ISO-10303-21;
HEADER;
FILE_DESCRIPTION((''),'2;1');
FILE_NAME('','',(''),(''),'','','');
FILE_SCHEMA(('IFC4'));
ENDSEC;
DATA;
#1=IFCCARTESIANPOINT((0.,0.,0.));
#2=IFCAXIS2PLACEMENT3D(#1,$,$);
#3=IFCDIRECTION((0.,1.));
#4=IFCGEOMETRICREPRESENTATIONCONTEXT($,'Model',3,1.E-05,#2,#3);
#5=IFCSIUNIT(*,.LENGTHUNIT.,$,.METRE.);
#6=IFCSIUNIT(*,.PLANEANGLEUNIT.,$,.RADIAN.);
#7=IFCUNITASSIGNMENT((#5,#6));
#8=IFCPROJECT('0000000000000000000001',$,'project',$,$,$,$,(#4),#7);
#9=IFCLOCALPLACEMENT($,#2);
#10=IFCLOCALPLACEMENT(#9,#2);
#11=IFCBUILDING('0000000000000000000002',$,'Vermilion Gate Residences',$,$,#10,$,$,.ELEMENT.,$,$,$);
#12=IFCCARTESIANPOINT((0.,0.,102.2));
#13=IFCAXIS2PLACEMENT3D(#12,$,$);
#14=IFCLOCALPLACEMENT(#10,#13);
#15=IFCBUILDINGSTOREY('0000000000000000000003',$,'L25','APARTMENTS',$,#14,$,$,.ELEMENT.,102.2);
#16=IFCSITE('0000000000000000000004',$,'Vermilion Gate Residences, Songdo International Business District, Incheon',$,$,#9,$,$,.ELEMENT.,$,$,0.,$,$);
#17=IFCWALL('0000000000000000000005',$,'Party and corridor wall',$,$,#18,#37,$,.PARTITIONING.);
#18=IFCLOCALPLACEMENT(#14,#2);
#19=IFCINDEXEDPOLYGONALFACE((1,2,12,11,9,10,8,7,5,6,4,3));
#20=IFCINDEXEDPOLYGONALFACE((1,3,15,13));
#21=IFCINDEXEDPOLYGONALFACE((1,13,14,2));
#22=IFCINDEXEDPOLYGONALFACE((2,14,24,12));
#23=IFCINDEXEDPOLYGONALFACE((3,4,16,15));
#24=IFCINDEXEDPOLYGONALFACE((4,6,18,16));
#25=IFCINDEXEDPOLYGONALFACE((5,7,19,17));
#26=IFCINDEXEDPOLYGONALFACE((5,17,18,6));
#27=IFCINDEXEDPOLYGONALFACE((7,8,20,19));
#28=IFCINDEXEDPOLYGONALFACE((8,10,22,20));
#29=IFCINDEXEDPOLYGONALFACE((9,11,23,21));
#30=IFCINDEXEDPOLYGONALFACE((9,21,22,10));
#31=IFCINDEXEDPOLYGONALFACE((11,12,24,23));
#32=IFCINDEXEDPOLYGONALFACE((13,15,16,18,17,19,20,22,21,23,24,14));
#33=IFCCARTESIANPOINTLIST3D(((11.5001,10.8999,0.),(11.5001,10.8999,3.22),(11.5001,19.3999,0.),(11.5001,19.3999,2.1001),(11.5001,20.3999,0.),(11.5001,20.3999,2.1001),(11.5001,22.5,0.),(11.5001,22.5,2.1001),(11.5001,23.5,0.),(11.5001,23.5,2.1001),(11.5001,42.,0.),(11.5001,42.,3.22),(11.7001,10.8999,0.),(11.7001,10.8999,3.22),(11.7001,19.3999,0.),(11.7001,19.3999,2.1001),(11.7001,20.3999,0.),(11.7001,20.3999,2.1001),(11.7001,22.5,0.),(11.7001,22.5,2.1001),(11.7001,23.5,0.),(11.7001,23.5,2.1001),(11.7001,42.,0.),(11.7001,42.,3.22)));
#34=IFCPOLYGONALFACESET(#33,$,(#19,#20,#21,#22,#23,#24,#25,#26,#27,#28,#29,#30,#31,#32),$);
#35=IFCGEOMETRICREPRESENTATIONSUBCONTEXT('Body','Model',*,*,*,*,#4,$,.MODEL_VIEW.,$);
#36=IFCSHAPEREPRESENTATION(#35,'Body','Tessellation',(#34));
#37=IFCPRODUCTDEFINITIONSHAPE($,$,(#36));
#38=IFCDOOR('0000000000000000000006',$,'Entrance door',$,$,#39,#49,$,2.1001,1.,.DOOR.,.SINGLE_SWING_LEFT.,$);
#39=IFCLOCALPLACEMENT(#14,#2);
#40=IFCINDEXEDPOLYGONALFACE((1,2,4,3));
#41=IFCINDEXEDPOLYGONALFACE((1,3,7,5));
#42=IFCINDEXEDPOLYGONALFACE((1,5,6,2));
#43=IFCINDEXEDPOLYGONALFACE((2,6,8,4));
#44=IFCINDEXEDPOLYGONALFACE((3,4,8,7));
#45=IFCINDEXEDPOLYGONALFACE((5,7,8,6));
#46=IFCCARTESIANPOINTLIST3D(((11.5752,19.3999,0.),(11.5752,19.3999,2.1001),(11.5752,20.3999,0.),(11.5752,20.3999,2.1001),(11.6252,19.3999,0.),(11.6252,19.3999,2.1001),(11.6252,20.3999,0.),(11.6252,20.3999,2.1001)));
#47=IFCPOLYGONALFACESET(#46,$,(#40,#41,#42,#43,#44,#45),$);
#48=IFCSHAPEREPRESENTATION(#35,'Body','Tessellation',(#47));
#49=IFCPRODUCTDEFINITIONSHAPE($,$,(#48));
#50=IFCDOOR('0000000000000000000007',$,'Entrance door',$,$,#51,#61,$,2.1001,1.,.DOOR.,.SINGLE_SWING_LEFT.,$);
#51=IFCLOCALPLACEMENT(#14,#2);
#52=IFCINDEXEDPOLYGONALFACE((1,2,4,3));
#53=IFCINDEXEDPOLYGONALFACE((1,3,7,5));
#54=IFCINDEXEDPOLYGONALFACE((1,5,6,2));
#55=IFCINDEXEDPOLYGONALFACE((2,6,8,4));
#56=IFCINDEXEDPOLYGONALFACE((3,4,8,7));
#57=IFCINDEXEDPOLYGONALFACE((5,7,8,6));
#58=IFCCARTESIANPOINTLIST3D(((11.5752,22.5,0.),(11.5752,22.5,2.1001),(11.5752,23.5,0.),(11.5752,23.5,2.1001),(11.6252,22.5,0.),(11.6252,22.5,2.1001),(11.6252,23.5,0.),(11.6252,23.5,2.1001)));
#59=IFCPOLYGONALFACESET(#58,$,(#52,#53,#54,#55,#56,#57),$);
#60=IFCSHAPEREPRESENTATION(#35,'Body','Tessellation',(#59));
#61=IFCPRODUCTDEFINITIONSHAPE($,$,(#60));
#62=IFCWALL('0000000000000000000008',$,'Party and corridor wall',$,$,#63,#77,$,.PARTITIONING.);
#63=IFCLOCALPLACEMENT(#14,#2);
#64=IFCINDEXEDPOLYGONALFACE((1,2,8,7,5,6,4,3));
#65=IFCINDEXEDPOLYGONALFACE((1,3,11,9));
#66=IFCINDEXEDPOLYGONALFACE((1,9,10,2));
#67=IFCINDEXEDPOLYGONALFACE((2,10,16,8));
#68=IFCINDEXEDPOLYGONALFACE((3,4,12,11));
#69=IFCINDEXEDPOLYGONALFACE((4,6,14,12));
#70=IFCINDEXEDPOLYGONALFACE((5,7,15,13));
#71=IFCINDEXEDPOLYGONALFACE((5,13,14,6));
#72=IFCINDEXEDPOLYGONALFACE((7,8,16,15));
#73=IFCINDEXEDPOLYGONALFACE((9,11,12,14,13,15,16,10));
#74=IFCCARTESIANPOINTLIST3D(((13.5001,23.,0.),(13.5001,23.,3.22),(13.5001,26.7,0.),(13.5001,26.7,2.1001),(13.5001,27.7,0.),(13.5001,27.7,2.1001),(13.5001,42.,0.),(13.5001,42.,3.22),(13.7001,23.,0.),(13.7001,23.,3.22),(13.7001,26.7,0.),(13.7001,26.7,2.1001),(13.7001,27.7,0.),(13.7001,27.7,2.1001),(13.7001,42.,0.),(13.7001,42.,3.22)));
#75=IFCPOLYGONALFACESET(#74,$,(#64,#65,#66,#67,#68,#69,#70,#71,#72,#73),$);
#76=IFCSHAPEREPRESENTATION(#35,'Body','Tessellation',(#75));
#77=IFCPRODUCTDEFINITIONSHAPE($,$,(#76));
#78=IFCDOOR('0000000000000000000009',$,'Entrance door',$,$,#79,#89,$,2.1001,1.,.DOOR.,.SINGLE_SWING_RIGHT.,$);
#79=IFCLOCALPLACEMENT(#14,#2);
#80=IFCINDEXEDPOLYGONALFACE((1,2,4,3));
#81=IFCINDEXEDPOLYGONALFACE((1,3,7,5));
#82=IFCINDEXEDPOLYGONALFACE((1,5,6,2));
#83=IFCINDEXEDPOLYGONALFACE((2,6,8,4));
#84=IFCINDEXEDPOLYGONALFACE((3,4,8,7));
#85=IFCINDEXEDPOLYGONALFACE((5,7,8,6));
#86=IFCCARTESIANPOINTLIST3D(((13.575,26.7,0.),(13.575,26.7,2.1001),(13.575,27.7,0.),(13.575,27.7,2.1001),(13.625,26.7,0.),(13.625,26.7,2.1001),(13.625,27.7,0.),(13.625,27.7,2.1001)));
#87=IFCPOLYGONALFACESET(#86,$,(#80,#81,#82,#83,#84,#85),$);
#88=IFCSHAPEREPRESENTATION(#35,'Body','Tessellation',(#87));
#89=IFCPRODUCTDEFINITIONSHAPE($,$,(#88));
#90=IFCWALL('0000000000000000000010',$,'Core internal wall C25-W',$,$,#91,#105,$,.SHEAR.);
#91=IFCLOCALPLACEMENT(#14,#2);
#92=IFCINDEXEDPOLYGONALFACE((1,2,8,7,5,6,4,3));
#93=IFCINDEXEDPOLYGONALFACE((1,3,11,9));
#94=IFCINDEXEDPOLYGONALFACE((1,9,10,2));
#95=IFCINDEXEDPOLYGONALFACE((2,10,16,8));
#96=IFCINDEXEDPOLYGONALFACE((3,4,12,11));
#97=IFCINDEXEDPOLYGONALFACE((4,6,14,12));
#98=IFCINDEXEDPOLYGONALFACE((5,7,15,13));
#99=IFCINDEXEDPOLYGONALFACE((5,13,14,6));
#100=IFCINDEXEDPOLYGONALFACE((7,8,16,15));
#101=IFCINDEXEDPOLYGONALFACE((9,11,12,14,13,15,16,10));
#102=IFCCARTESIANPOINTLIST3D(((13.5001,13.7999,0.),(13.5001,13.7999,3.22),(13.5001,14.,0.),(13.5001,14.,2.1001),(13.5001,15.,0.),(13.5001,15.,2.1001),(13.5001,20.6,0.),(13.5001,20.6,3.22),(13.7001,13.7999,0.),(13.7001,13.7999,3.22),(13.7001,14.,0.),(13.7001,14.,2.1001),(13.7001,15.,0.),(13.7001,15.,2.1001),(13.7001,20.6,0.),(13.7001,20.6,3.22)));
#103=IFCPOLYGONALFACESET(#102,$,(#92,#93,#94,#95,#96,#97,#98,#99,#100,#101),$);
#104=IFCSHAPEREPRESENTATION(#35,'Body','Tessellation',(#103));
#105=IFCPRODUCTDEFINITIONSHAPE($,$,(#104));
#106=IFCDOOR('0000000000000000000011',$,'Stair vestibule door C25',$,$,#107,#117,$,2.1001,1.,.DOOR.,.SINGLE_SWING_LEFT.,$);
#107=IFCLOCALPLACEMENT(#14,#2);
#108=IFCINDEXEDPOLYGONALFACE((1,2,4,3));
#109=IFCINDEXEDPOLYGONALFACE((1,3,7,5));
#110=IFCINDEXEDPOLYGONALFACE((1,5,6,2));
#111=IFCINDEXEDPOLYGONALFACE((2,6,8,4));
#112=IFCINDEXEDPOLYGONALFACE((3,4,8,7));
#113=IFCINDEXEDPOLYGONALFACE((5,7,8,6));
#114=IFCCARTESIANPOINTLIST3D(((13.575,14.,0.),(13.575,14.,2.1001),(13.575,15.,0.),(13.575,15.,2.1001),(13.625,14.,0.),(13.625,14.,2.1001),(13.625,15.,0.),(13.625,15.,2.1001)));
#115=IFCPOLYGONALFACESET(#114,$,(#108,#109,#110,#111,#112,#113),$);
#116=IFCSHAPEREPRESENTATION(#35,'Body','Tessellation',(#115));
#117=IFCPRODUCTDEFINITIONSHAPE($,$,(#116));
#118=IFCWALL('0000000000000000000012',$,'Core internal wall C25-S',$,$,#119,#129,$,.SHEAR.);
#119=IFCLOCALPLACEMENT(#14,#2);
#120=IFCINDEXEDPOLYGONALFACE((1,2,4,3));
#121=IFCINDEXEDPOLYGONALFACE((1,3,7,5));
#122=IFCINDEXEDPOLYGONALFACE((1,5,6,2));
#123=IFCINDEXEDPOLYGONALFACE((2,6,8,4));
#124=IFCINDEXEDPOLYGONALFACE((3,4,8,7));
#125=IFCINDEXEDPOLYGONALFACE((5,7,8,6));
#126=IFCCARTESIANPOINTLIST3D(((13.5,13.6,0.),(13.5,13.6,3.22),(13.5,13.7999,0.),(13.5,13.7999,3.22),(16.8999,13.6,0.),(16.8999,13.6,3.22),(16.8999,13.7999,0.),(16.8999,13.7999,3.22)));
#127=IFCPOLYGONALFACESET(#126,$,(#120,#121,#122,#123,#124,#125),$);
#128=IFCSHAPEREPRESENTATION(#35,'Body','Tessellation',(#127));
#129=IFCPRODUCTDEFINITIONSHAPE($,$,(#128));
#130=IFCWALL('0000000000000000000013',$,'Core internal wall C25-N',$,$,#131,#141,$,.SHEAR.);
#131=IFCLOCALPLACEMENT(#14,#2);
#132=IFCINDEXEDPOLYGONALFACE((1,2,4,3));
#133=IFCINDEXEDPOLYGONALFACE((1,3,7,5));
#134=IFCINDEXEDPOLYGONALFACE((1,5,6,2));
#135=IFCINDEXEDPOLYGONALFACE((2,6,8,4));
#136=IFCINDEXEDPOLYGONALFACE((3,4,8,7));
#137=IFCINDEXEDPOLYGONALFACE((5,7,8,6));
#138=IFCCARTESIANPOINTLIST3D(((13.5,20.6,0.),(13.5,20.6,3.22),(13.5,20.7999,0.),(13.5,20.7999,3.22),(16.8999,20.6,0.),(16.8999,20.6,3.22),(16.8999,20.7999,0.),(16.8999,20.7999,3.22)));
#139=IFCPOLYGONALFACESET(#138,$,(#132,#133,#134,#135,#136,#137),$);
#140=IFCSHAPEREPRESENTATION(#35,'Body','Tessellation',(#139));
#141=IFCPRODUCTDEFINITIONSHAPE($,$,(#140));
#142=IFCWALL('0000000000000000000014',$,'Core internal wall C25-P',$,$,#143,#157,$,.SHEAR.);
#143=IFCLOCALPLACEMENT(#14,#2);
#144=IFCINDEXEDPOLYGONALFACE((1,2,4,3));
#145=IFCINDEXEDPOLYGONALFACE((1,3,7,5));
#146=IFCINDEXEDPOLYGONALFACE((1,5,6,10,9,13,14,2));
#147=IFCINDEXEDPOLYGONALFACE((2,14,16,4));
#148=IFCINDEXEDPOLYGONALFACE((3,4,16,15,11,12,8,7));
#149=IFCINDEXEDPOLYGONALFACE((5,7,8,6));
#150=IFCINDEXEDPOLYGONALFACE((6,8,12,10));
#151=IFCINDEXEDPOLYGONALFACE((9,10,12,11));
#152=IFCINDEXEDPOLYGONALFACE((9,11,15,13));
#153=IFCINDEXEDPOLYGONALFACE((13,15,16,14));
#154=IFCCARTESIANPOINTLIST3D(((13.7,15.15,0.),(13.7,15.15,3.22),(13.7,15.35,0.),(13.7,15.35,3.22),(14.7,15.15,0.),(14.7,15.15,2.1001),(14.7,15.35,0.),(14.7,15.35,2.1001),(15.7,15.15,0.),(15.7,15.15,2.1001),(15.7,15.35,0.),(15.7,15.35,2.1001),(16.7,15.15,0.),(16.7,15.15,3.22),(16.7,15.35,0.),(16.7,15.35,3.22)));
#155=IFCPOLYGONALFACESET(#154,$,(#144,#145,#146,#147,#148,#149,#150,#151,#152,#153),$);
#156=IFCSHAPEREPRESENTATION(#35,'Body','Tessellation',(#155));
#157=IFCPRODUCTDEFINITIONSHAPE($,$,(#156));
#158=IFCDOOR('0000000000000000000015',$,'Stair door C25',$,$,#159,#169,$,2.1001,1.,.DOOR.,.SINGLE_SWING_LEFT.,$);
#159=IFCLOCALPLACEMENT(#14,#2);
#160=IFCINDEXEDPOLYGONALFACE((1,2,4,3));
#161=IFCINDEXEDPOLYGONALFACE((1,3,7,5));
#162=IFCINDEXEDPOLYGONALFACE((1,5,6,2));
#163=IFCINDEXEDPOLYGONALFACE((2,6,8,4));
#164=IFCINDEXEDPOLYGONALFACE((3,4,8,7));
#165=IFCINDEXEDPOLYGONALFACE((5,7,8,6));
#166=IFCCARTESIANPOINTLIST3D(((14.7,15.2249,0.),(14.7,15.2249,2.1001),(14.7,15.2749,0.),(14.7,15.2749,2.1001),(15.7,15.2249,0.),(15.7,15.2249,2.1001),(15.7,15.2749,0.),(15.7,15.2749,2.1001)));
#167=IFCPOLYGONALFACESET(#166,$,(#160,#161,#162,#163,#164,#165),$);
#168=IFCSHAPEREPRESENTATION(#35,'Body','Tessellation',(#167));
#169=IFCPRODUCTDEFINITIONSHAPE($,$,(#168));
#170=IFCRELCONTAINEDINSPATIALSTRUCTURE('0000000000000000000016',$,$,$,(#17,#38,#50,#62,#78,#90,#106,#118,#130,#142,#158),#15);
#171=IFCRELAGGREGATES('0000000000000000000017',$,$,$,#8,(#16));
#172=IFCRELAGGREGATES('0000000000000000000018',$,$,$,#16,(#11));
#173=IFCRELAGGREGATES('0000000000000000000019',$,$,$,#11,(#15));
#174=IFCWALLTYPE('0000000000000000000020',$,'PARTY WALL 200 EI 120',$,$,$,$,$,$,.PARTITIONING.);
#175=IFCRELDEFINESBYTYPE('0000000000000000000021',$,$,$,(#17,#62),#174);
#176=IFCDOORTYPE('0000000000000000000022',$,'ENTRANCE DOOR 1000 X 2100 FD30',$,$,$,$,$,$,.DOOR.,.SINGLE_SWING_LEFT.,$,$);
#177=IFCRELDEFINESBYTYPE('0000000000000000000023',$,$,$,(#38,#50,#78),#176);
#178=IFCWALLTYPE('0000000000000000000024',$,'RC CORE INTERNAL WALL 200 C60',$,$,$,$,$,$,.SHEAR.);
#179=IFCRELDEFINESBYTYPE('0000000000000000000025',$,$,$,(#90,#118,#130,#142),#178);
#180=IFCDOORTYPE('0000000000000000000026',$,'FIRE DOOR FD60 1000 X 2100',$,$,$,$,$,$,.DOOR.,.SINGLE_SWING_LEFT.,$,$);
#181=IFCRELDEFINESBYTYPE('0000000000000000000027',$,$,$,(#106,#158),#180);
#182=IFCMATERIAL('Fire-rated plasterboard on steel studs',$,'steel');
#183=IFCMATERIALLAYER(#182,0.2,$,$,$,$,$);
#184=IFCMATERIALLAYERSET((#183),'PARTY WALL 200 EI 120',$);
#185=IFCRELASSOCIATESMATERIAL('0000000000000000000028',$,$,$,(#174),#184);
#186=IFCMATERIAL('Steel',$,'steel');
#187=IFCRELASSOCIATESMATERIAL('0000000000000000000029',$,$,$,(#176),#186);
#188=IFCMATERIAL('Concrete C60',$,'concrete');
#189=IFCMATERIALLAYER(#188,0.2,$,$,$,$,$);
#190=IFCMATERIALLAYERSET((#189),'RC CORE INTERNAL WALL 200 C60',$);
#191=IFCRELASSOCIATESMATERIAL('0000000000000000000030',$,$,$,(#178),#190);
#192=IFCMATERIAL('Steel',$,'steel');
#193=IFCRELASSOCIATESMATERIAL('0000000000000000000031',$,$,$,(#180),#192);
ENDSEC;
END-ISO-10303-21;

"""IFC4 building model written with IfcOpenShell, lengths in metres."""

from ifc_helpers import new_model, si_unit, direction, frame, frame_2d, origin, place, context, subcontext, project, spatial, rectangle, extrude, material, layer, layer_set, type_object, element, fill, save


model = new_model("IFC4")

# Units and contexts
model_context = context("Model", 3, precision=1e-05, world=origin(), true_north=direction((0.0, 1.0)))
body_context = subcontext(model_context, "Body", "Model", "MODEL_VIEW")
ifc_project = project(units=[si_unit("LENGTHUNIT", "METRE"), si_unit("PLANEANGLEUNIT", "RADIAN")], contexts=[model_context])

# Site, building, storey
site_placement = place(None, origin())
site = spatial("IfcSite", under=ifc_project, at=site_placement, Name="Vermilion Gate Residences, Songdo International Business District, Incheon", CompositionType="ELEMENT", RefElevation=0.0)
building_placement = place(site_placement, origin())
building = spatial("IfcBuilding", under=site, at=building_placement, Name="Vermilion Gate Residences", CompositionType="ELEMENT")
storey_placement = place(building_placement, frame((0.0, 0.0, 102.2)))
storey = spatial("IfcBuildingStorey", under=building, at=storey_placement, Name="L25", Description="APARTMENTS", CompositionType="ELEMENT", Elevation=102.2)

# Shared definitions
ifc_material_1 = material(Name="Fire-rated plasterboard on steel studs", Category="steel")
ifc_layer_1 = layer(ifc_material_1, 0.2)
ifc_layer_set_1 = layer_set([ifc_layer_1], Name="PARTY WALL 200 EI 120")
wall_type_1 = type_object("IfcWallType", Name="PARTY WALL 200 EI 120", PredefinedType="PARTITIONING", material=ifc_layer_set_1)
ifc_material_2 = material(Name="Steel", Category="steel")
door_type_1 = type_object("IfcDoorType", Name="ENTRANCE DOOR 1000 X 2100 FD30", OperationType="SINGLE_SWING_LEFT", PredefinedType="DOOR", material=ifc_material_2)

# Wall, openings, doors
wall_1_placement = place(storey_placement, frame((11.6001, 10.8999, 0.0), z_axis=(0.0, 0.0, 1.0), x_axis=(0.0, 1.0, 0.0)))
wall_1 = element("IfcWall", 1, at=wall_1_placement, inside=storey, type_object=wall_type_1, Name="Party and corridor wall", PredefinedType="PARTITIONING", context=body_context, shape_type="SweptSolid", body=[
    extrude(rectangle(XDim=31.1001, YDim=0.2, at=frame_2d((15.55, 0.0))), origin(), (0.0, 0.0, 1.0), 3.22),
])
opening_1_placement = place(wall_1_placement, frame((8.5, 0.0, 0.0)))
opening_1 = element("IfcOpeningElement", 2, at=opening_1_placement, cuts=wall_1, PredefinedType="OPENING", context=body_context, shape_type="SweptSolid", body=[
    extrude(rectangle(XDim=1.0, YDim=2.1001, at=frame_2d((0.5, 1.05))), frame((0.0, 0.1099, 0.0), z_axis=(0.0, -1.0, 0.0), x_axis=(1.0, 0.0, 0.0)), (0.0, 0.0, 1.0), 0.22),
])
opening_2_placement = place(wall_1_placement, frame((11.6001, 0.0, 0.0)))
opening_2 = element("IfcOpeningElement", 3, at=opening_2_placement, cuts=wall_1, PredefinedType="OPENING", context=body_context, shape_type="SweptSolid", body=[
    extrude(rectangle(XDim=1.0, YDim=2.1001, at=frame_2d((0.5, 1.05))), frame((0.0, 0.1099, 0.0), z_axis=(0.0, -1.0, 0.0), x_axis=(1.0, 0.0, 0.0)), (0.0, 0.0, 1.0), 0.22),
])
door_1_placement = place(opening_1_placement, origin())
door_1 = element("IfcDoor", 4, at=door_1_placement, inside=storey, type_object=door_type_1, Name="Entrance door", OperationType="SINGLE_SWING_LEFT", OverallHeight=2.1001, OverallWidth=1.0, PredefinedType="DOOR", context=body_context, shape_type="SweptSolid", body=[
    extrude(rectangle(XDim=1.0, YDim=2.1001, at=frame_2d((0.5, 1.05))), frame((0.0, 0.0249, 0.0), z_axis=(0.0, -1.0, 0.0), x_axis=(1.0, 0.0, 0.0)), (0.0, 0.0, 1.0), 0.05),
])
fill(opening_1, door_1)
door_2_placement = place(opening_2_placement, origin())
door_2 = element("IfcDoor", 5, at=door_2_placement, inside=storey, type_object=door_type_1, Name="Entrance door", OperationType="SINGLE_SWING_LEFT", OverallHeight=2.1001, OverallWidth=1.0, PredefinedType="DOOR", context=body_context, shape_type="SweptSolid", body=[
    extrude(rectangle(XDim=1.0, YDim=2.1001, at=frame_2d((0.5, 1.05))), frame((0.0, 0.0249, 0.0), z_axis=(0.0, -1.0, 0.0), x_axis=(1.0, 0.0, 0.0)), (0.0, 0.0, 1.0), 0.05),
])
fill(opening_2, door_2)

# Walls, openings, doors
wall_2_placement = place(storey_placement, frame((13.6001, 23.0, 0.0), z_axis=(0.0, 0.0, 1.0), x_axis=(0.0, 1.0, 0.0)))
wall_2 = element("IfcWall", 6, at=wall_2_placement, inside=storey, type_object=wall_type_1, Name="Party and corridor wall", PredefinedType="PARTITIONING", context=body_context, shape_type="SweptSolid", body=[
    extrude(rectangle(XDim=19.0, YDim=0.2, at=frame_2d((9.5, 0.0))), origin(), (0.0, 0.0, 1.0), 3.22),
])
opening_3_placement = place(wall_2_placement, frame((3.7, 0.0, 0.0)))
opening_3 = element("IfcOpeningElement", 7, at=opening_3_placement, cuts=wall_2, PredefinedType="OPENING", context=body_context, shape_type="SweptSolid", body=[
    extrude(rectangle(XDim=1.0, YDim=2.1001, at=frame_2d((0.5, 1.05))), frame((0.0, 0.1099, 0.0), z_axis=(0.0, -1.0, 0.0), x_axis=(1.0, 0.0, 0.0)), (0.0, 0.0, 1.0), 0.22),
])
door_3_placement = place(opening_3_placement, frame((1.0, 0.0, 0.0), z_axis=(0.0, 0.0, 1.0), x_axis=(-1.0, 0.0, 0.0)))
door_3 = element("IfcDoor", 8, at=door_3_placement, inside=storey, type_object=door_type_1, Name="Entrance door", OperationType="SINGLE_SWING_RIGHT", OverallHeight=2.1001, OverallWidth=1.0, PredefinedType="DOOR", context=body_context, shape_type="SweptSolid", body=[
    extrude(rectangle(XDim=1.0, YDim=2.1001, at=frame_2d((0.5, 1.05))), frame((0.0, 0.0249, 0.0), z_axis=(0.0, -1.0, 0.0), x_axis=(1.0, 0.0, 0.0)), (0.0, 0.0, 1.0), 0.05),
])
fill(opening_3, door_3)
ifc_material_3 = material(Name="Concrete C60", Category="concrete")
ifc_layer_2 = layer(ifc_material_3, 0.2)
ifc_layer_set_2 = layer_set([ifc_layer_2], Name="RC CORE INTERNAL WALL 200 C60")
wall_type_2 = type_object("IfcWallType", Name="RC CORE INTERNAL WALL 200 C60", PredefinedType="SHEAR", material=ifc_layer_set_2)
wall_3_placement = place(storey_placement, frame((13.6001, 13.8, 0.0), z_axis=(0.0, 0.0, 1.0), x_axis=(0.0, 1.0, 0.0)))
wall_3 = element("IfcWall", 9, at=wall_3_placement, inside=storey, type_object=wall_type_2, Name="Core internal wall C25-W", PredefinedType="SHEAR", context=body_context, shape_type="SweptSolid", body=[
    extrude(rectangle(XDim=6.8, YDim=0.2, at=frame_2d((3.3999, 0.0))), origin(), (0.0, 0.0, 1.0), 3.22),
])
opening_4_placement = place(wall_3_placement, frame((0.2, 0.0, 0.0)))
opening_4 = element("IfcOpeningElement", 10, at=opening_4_placement, cuts=wall_3, PredefinedType="OPENING", context=body_context, shape_type="SweptSolid", body=[
    extrude(rectangle(XDim=1.0, YDim=2.1001, at=frame_2d((0.5, 1.05))), frame((0.0, 0.1099, 0.0), z_axis=(0.0, -1.0, 0.0), x_axis=(1.0, 0.0, 0.0)), (0.0, 0.0, 1.0), 0.22),
])
ifc_material_4 = material(Name="Steel", Category="steel")
door_type_2 = type_object("IfcDoorType", Name="FIRE DOOR FD60 1000 X 2100", OperationType="SINGLE_SWING_LEFT", PredefinedType="DOOR", material=ifc_material_4)
door_4_placement = place(opening_4_placement, frame((1.0, 0.0, 0.0), z_axis=(0.0, 0.0, 1.0), x_axis=(-1.0, 0.0, 0.0)))
door_4 = element("IfcDoor", 11, at=door_4_placement, inside=storey, type_object=door_type_2, Name="Stair vestibule door C25", OperationType="SINGLE_SWING_LEFT", OverallHeight=2.1001, OverallWidth=1.0, PredefinedType="DOOR", context=body_context, shape_type="SweptSolid", body=[
    extrude(rectangle(XDim=1.0, YDim=2.1001, at=frame_2d((0.5, 1.05))), frame((0.0, 0.0249, 0.0), z_axis=(0.0, -1.0, 0.0), x_axis=(1.0, 0.0, 0.0)), (0.0, 0.0, 1.0), 0.05),
])
fill(opening_4, door_4)

# Walls
for number, where, z_axis, x_axis, name in (
    (12, (13.5, 13.7, 0.0), (0.0, 0.0, 1.0), (1.0, 0.0, 0.0), "Core internal wall C25-S"),
    (13, (13.5, 20.7, 0.0), (0.0, 0.0, 1.0), (1.0, 0.0, 0.0), "Core internal wall C25-N"),
):
    element("IfcWall", number, at=place(storey_placement, frame(where, z_axis=z_axis, x_axis=x_axis)), inside=storey, type_object=wall_type_2, Name=name, PredefinedType="SHEAR", context=body_context, shape_type="SweptSolid", body=[
        extrude(rectangle(XDim=3.3999, YDim=0.2, at=frame_2d((1.7, 0.0))), origin(), (0.0, 0.0, 1.0), 3.22),
    ])

# Wall, opening, door
wall_4_placement = place(storey_placement, frame((13.7, 15.25, 0.0), z_axis=(0.0, 0.0, 1.0), x_axis=(1.0, 0.0, 0.0)))
wall_4 = element("IfcWall", 14, at=wall_4_placement, inside=storey, type_object=wall_type_2, Name="Core internal wall C25-P", PredefinedType="SHEAR", context=body_context, shape_type="SweptSolid", body=[
    extrude(rectangle(XDim=3.0, YDim=0.2, at=frame_2d((1.5, 0.0))), origin(), (0.0, 0.0, 1.0), 3.22),
])
opening_5_placement = place(wall_4_placement, frame((1.0, 0.0, 0.0)))
opening_5 = element("IfcOpeningElement", 15, at=opening_5_placement, cuts=wall_4, PredefinedType="OPENING", context=body_context, shape_type="SweptSolid", body=[
    extrude(rectangle(XDim=1.0, YDim=2.1001, at=frame_2d((0.5, 1.05))), frame((0.0, 0.1099, 0.0), z_axis=(0.0, -1.0, 0.0), x_axis=(1.0, 0.0, 0.0)), (0.0, 0.0, 1.0), 0.22),
])
door_5_placement = place(opening_5_placement, origin())
door_5 = element("IfcDoor", 16, at=door_5_placement, inside=storey, type_object=door_type_2, Name="Stair door C25", OperationType="SINGLE_SWING_LEFT", OverallHeight=2.1001, OverallWidth=1.0, PredefinedType="DOOR", context=body_context, shape_type="SweptSolid", body=[
    extrude(rectangle(XDim=1.0, YDim=2.1001, at=frame_2d((0.5, 1.05))), frame((0.0, 0.0249, 0.0), z_axis=(0.0, -1.0, 0.0), x_axis=(1.0, 0.0, 0.0)), (0.0, 0.0, 1.0), 0.05),
])
fill(opening_5, door_5)

save(model, "model.ifc")
